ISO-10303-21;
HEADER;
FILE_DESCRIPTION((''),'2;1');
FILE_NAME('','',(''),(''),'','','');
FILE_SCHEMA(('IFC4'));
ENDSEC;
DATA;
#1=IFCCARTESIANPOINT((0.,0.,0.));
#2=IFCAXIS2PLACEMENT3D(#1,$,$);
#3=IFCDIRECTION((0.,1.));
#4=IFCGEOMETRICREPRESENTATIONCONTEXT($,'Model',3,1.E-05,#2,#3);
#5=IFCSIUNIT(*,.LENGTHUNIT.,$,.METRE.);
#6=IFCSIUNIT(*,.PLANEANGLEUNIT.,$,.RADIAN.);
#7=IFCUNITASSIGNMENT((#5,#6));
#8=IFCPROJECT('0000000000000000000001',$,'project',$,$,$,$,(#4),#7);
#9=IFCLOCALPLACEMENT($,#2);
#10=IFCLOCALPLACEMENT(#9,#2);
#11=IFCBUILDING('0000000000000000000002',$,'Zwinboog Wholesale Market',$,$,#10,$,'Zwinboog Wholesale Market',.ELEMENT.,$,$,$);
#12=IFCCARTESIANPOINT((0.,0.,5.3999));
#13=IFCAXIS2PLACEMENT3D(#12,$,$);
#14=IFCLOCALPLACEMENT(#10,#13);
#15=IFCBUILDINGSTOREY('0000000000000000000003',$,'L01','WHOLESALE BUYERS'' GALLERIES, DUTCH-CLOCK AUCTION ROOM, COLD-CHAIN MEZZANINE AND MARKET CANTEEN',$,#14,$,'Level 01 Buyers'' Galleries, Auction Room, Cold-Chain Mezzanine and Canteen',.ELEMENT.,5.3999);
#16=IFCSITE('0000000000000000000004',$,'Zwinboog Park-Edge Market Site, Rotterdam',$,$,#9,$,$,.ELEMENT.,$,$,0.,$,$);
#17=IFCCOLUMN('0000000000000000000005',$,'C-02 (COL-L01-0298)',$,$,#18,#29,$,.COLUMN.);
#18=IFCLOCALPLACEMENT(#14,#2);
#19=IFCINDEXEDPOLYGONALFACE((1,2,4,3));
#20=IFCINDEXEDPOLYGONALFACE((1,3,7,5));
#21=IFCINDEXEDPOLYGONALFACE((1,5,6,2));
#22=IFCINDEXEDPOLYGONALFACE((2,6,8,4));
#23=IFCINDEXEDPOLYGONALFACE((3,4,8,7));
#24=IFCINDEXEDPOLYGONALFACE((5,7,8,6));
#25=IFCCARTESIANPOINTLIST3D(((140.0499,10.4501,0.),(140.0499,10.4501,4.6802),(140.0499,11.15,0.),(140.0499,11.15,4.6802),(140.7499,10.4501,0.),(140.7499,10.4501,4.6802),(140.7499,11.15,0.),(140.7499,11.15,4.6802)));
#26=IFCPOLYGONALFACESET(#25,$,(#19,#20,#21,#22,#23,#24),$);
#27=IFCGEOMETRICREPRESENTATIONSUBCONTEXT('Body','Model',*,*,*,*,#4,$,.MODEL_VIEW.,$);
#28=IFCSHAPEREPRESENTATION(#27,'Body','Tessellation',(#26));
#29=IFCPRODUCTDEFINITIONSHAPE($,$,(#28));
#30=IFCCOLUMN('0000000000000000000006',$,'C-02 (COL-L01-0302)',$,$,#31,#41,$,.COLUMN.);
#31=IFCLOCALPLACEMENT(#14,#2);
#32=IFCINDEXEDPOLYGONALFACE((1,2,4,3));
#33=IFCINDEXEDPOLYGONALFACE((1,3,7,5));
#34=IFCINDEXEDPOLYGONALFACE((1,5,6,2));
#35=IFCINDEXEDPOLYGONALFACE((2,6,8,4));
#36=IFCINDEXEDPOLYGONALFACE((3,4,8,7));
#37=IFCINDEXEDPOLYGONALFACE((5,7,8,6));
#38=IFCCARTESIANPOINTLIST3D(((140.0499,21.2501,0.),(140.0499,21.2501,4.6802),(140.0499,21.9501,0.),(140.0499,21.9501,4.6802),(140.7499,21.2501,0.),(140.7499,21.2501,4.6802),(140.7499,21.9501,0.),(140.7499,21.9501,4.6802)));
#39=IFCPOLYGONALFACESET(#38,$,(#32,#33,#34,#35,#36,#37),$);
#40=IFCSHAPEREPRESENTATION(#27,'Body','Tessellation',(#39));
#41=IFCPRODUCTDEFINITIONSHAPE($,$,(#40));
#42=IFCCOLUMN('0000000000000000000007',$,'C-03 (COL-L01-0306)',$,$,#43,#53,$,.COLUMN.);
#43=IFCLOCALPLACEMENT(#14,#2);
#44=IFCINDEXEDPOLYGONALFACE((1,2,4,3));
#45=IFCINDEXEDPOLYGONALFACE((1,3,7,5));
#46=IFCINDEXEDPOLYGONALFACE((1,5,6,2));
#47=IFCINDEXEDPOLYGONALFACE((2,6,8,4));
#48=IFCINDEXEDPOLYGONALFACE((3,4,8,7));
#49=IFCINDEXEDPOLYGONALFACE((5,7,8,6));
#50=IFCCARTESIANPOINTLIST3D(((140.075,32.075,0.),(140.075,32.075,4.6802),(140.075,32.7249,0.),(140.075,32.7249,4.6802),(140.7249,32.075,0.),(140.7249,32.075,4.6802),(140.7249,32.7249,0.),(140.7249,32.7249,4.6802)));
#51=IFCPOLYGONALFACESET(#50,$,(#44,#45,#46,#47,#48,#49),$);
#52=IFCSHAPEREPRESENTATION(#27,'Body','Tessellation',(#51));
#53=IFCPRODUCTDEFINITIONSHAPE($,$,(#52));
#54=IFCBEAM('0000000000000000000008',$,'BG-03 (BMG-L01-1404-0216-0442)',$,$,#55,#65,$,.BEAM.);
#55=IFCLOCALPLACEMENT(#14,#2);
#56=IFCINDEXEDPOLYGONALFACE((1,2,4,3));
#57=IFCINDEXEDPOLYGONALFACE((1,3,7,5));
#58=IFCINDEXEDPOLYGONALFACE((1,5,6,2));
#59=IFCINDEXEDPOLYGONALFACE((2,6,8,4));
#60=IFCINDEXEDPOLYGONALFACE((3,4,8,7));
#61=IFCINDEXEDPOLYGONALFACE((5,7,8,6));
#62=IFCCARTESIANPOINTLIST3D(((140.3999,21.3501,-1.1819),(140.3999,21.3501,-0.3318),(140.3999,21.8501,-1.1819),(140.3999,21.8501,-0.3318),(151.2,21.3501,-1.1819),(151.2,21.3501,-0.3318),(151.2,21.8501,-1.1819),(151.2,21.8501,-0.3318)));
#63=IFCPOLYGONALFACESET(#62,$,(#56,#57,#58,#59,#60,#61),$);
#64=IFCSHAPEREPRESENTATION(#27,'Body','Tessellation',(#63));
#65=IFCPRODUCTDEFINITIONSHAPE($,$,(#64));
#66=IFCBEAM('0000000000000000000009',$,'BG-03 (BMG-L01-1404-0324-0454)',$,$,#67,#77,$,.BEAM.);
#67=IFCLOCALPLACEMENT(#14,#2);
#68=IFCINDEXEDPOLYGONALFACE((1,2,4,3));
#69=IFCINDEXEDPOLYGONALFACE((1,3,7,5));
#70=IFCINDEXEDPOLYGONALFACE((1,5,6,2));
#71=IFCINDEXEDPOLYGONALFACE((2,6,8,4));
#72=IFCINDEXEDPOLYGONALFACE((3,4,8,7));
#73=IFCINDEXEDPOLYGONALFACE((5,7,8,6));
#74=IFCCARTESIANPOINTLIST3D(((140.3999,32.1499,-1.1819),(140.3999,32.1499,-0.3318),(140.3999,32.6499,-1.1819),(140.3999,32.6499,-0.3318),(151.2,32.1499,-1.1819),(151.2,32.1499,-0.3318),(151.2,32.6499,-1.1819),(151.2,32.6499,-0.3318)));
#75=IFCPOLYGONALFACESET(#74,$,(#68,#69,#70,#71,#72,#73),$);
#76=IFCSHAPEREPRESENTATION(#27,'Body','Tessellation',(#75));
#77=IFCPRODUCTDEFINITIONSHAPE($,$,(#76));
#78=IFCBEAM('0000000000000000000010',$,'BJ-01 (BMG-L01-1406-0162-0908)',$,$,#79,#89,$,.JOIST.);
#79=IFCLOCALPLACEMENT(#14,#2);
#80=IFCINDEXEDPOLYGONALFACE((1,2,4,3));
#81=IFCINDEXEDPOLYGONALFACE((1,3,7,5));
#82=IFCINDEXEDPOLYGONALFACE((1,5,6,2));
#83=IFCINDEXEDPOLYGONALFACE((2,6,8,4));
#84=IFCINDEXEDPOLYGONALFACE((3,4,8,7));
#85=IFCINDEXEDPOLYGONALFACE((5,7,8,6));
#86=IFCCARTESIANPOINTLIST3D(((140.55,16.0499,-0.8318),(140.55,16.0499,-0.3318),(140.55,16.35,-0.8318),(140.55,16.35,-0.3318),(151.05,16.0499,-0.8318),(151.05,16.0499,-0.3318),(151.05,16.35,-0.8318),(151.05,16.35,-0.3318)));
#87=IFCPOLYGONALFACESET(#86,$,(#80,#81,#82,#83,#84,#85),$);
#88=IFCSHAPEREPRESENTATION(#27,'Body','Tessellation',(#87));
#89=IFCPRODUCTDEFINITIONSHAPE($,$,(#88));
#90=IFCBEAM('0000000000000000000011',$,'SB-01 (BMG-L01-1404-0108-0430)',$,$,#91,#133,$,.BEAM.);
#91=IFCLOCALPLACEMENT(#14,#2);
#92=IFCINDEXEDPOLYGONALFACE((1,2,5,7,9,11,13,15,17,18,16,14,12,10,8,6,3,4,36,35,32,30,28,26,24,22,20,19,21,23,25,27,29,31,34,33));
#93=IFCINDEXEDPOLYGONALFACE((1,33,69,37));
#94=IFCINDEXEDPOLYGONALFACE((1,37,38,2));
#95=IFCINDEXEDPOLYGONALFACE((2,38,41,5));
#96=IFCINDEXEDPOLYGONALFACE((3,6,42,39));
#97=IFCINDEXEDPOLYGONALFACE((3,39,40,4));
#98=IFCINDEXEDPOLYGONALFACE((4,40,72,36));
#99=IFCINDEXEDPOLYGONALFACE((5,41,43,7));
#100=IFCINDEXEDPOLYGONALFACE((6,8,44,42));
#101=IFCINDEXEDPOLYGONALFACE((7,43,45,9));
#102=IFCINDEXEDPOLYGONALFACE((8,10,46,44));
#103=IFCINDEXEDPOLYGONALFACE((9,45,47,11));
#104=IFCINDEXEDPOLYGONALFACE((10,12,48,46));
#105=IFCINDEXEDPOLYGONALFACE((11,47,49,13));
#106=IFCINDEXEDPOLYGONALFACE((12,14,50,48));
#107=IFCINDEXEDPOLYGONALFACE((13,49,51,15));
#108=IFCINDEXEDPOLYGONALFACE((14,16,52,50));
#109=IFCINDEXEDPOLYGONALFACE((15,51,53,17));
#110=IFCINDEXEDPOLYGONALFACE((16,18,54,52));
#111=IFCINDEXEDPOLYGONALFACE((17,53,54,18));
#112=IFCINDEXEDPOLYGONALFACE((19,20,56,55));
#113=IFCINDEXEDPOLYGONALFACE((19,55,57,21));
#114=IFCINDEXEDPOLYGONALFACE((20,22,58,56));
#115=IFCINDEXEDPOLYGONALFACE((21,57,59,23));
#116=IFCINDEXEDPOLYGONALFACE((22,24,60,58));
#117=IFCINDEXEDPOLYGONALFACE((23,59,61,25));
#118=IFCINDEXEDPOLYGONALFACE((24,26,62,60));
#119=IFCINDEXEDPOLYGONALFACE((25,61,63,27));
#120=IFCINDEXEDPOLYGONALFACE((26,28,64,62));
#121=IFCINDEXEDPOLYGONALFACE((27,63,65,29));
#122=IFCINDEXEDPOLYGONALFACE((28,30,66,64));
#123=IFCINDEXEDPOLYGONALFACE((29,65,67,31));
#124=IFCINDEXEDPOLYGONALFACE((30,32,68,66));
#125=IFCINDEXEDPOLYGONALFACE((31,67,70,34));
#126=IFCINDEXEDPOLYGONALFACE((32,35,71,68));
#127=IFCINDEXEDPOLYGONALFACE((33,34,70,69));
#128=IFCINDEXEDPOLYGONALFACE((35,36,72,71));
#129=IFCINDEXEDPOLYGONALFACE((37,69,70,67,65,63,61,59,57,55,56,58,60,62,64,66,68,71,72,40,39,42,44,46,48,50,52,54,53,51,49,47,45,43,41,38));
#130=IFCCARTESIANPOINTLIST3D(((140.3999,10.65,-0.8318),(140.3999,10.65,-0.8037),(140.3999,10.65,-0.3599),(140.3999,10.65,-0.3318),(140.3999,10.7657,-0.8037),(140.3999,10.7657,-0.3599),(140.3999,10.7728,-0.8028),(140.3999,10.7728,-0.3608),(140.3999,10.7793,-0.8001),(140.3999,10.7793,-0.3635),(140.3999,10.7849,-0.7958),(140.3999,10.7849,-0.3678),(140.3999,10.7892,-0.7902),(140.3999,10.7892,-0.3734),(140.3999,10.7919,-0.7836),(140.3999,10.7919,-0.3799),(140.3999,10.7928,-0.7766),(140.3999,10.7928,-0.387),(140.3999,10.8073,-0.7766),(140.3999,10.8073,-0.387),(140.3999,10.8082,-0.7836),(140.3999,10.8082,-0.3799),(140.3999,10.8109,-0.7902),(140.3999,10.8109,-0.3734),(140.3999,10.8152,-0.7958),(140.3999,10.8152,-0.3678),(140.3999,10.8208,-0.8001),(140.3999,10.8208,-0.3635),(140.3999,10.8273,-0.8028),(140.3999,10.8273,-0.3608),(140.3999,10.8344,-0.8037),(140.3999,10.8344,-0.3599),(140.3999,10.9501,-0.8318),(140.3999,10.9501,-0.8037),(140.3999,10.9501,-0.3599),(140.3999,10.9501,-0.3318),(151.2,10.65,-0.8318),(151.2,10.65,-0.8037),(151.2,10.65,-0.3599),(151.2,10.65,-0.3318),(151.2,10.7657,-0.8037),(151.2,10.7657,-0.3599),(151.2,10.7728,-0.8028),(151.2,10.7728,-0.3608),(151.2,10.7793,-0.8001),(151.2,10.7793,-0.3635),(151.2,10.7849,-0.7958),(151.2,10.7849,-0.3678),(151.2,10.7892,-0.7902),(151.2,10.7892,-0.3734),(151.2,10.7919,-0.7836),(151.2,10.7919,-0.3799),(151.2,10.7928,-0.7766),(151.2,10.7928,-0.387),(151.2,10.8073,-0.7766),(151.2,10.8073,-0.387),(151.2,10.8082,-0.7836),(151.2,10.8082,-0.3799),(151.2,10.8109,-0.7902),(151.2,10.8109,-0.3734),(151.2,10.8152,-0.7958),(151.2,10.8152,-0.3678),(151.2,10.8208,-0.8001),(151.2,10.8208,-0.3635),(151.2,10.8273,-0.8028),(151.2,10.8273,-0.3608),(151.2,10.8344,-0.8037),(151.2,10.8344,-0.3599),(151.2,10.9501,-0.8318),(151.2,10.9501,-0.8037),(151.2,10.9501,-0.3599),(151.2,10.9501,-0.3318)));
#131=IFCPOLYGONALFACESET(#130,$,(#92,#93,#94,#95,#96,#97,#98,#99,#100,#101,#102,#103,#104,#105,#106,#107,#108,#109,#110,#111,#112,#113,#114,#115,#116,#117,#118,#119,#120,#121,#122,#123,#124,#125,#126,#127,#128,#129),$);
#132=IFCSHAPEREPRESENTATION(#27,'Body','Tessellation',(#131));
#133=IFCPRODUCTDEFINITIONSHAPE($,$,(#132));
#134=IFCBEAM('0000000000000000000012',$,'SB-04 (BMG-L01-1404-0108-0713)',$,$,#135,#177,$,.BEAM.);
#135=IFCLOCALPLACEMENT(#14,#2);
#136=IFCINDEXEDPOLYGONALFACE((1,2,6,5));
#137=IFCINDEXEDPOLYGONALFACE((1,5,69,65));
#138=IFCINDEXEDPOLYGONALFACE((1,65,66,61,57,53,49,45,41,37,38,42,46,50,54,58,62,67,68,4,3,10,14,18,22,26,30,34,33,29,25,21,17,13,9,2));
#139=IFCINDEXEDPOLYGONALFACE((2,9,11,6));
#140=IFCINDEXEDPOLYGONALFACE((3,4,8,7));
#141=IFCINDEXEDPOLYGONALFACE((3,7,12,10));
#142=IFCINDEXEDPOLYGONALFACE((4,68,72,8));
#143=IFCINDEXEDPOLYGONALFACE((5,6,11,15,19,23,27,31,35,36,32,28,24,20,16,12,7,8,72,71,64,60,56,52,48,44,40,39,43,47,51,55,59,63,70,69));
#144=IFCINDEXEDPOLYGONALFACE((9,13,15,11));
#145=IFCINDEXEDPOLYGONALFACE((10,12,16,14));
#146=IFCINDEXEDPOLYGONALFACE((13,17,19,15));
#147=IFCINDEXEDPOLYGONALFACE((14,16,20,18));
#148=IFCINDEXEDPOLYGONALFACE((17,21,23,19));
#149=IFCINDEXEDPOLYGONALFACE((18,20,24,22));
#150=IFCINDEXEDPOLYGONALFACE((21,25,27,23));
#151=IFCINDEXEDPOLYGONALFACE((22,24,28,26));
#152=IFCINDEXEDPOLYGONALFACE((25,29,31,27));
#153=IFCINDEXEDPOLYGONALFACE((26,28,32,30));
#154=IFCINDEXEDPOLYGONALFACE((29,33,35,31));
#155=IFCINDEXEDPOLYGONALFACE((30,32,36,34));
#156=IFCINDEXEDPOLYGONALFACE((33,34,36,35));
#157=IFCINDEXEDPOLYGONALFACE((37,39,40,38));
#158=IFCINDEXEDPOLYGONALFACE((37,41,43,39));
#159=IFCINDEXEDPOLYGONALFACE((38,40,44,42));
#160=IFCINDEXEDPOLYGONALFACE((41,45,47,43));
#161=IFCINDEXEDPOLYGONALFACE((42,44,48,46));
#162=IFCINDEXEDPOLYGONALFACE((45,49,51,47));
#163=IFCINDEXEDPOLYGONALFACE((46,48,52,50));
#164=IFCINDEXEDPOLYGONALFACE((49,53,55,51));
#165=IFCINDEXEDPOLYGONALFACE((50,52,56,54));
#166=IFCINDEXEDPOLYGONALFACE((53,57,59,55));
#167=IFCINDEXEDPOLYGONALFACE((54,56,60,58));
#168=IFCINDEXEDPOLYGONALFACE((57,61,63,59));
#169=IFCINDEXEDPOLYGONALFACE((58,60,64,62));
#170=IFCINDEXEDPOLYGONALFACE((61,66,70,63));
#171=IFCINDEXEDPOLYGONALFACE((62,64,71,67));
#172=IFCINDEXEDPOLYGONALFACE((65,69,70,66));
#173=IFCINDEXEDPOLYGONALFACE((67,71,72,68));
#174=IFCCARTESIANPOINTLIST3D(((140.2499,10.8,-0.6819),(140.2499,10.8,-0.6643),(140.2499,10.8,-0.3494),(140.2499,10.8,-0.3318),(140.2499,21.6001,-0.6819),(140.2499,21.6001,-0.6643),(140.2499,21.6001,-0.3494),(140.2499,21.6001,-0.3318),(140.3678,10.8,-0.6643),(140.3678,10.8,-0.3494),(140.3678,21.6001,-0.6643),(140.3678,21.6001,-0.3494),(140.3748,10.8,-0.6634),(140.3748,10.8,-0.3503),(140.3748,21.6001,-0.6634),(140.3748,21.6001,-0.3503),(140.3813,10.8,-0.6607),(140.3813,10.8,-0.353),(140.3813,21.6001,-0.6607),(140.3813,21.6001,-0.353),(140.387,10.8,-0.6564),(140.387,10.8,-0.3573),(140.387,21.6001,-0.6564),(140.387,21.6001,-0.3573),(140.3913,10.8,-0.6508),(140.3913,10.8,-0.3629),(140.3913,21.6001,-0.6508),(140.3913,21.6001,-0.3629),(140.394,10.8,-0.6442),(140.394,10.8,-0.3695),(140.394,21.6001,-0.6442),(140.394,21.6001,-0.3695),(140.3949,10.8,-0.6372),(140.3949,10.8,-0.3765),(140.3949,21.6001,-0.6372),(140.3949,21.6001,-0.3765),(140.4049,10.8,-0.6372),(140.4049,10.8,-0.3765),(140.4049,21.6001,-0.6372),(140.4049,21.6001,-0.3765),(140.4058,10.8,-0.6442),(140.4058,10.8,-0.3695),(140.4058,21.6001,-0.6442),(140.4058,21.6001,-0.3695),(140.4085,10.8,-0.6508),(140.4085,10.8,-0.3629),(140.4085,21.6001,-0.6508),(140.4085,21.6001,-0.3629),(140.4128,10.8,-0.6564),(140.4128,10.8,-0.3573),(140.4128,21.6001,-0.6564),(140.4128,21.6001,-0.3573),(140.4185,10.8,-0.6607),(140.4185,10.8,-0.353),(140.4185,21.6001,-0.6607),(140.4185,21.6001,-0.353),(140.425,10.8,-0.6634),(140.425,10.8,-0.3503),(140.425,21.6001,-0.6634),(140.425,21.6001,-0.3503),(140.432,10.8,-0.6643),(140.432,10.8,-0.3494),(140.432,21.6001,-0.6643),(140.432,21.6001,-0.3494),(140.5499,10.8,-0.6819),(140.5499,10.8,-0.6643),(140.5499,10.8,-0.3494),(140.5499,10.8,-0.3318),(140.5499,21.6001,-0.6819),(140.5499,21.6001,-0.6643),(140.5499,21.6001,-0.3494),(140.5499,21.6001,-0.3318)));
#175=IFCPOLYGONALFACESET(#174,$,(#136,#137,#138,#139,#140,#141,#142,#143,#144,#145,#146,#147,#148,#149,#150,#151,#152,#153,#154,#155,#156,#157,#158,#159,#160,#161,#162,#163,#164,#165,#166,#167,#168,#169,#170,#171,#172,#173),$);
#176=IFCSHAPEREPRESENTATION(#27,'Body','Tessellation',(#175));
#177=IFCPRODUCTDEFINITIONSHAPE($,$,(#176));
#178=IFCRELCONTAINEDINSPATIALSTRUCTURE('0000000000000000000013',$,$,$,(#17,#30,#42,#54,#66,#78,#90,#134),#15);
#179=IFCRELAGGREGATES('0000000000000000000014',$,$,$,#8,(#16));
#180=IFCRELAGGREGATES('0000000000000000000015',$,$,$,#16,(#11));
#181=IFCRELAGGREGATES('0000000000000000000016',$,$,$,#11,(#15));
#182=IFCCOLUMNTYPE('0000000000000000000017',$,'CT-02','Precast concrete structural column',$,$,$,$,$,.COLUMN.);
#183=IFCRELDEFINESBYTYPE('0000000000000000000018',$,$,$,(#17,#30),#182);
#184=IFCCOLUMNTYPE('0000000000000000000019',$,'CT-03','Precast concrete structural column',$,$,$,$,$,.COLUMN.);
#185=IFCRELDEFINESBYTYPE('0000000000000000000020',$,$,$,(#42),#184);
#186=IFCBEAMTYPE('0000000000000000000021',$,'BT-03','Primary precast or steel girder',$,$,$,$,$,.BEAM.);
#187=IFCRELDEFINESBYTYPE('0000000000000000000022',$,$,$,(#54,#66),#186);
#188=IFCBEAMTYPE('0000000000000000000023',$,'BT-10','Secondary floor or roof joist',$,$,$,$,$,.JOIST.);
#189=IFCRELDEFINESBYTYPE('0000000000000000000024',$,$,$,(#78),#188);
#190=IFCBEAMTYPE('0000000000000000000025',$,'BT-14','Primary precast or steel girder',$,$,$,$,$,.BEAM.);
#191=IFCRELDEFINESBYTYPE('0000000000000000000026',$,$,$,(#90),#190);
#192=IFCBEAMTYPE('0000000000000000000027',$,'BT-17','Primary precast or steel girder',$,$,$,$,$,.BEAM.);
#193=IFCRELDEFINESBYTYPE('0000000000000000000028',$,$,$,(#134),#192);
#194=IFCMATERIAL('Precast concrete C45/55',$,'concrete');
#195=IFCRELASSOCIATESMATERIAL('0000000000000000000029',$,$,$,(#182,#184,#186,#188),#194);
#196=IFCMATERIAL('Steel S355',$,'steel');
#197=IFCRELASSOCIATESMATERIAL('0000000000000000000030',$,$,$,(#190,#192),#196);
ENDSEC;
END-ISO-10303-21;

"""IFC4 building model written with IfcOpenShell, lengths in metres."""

from ifc_helpers import new_model, si_unit, direction, frame, origin, origin_2d, place, context, subcontext, project, spatial, rectangle, i_section, extrude, material, material_profile, profile_set, type_object, element, save


model = new_model("IFC4")

# Units and contexts
model_context = context("Model", 3, precision=1e-05, world=origin(), true_north=direction((0.0, 1.0)))
body_context = subcontext(model_context, "Body", "Model", "MODEL_VIEW")
ifc_project = project(units=[si_unit("LENGTHUNIT", "METRE"), si_unit("PLANEANGLEUNIT", "RADIAN")], contexts=[model_context])

# Site, building, storey
site_placement = place(None, origin())
site = spatial("IfcSite", under=ifc_project, at=site_placement, Name="Zwinboog Park-Edge Market Site, Rotterdam", CompositionType="ELEMENT", RefElevation=0.0)
building_placement = place(site_placement, origin())
building = spatial("IfcBuilding", under=site, at=building_placement, Name="Zwinboog Wholesale Market", LongName="Zwinboog Wholesale Market", CompositionType="ELEMENT")
storey_placement = place(building_placement, frame((0.0, 0.0, 5.3999)))
storey = spatial("IfcBuildingStorey", under=building, at=storey_placement, Name="L01", Description="WHOLESALE BUYERS' GALLERIES, DUTCH-CLOCK AUCTION ROOM, COLD-CHAIN MEZZANINE AND MARKET CANTEEN", LongName="Level 01 Buyers' Galleries, Auction Room, Cold-Chain Mezzanine and Canteen", CompositionType="ELEMENT", Elevation=5.3999)

# Columns
ifc_material_1 = material(Name="Precast concrete C45/55", Category="concrete")
ifc_material_profile_1 = material_profile(ifc_material_1, rectangle(XDim=0.7, YDim=0.7, at=origin_2d()), Name="PC 700x700")
ifc_profile_set_1 = profile_set([ifc_material_profile_1], Name="Precast concrete C45/55")
column_type_1 = type_object("IfcColumnType", Name="CT-02", Description="Precast concrete structural column", PredefinedType="COLUMN", material=ifc_profile_set_1)
for number, where, z_axis, x_axis, name in (
    (1, (140.3999, 10.8, 0.0), (0.0, 0.0, 1.0), (1.0, 0.0, 0.0), "C-02 (COL-L01-0298)"),
    (2, (140.3999, 21.6001, 0.0), (0.0, 0.0, 1.0), (1.0, 0.0, 0.0), "C-02 (COL-L01-0302)"),
):
    element("IfcColumn", number, at=place(storey_placement, frame(where, z_axis=z_axis, x_axis=x_axis)), inside=storey, type_object=column_type_1, Name=name, PredefinedType="COLUMN", context=body_context, shape_type="SweptSolid", body=[
        extrude(rectangle(XDim=0.7, YDim=0.7, at=origin_2d()), origin(), (0.0, 0.0, 1.0), 4.6802),
    ])
ifc_material_profile_2 = material_profile(ifc_material_1, rectangle(XDim=0.6499, YDim=0.6499, at=origin_2d()), Name="PC 650x650")
ifc_profile_set_2 = profile_set([ifc_material_profile_2], Name="Precast concrete C45/55")
column_type_2 = type_object("IfcColumnType", Name="CT-03", Description="Precast concrete structural column", PredefinedType="COLUMN", material=ifc_profile_set_2)
column_placement = place(storey_placement, frame((140.3999, 32.3999, 0.0), z_axis=(0.0, 0.0, 1.0), x_axis=(1.0, 0.0, 0.0)))
element("IfcColumn", 3, at=column_placement, inside=storey, type_object=column_type_2, Name="C-03 (COL-L01-0306)", PredefinedType="COLUMN", context=body_context, shape_type="SweptSolid", body=[
    extrude(rectangle(XDim=0.6499, YDim=0.6499, at=origin_2d()), origin(), (0.0, 0.0, 1.0), 4.6802),
])

# Beams
ifc_material_profile_3 = material_profile(ifc_material_1, rectangle(XDim=0.5, YDim=0.8501, at=origin_2d()), Name="PC 500x850")
ifc_profile_set_3 = profile_set([ifc_material_profile_3], Name="Precast concrete C45/55")
beam_type_1 = type_object("IfcBeamType", Name="BT-03", Description="Primary precast or steel girder", PredefinedType="BEAM", material=ifc_profile_set_3)
for number, where, z_axis, x_axis, name in (
    (4, (140.3999, 21.6001, -0.7568), (1.0, 0.0, 0.0), (0.0, 1.0, 0.0), "BG-03 (BMG-L01-1404-0216-0442)"),
    (5, (140.3999, 32.3999, -0.7568), (1.0, 0.0, 0.0), (0.0, 1.0, 0.0), "BG-03 (BMG-L01-1404-0324-0454)"),
):
    element("IfcBeam", number, at=place(storey_placement, frame(where, z_axis=z_axis, x_axis=x_axis)), inside=storey, type_object=beam_type_1, Name=name, PredefinedType="BEAM", context=body_context, shape_type="SweptSolid", body=[
        extrude(rectangle(XDim=0.5, YDim=0.8501, at=origin_2d()), origin(), (0.0, 0.0, 1.0), 10.8),
    ])
ifc_material_profile_4 = material_profile(ifc_material_1, rectangle(XDim=0.3, YDim=0.5, at=origin_2d()), Name="PC 300x500")
ifc_profile_set_4 = profile_set([ifc_material_profile_4], Name="Precast concrete C45/55")
beam_type_2 = type_object("IfcBeamType", Name="BT-10", Description="Secondary floor or roof joist", PredefinedType="JOIST", material=ifc_profile_set_4)
beam_1_placement = place(storey_placement, frame((140.55, 16.2, -0.5818), z_axis=(1.0, 0.0, 0.0), x_axis=(0.0, 1.0, 0.0)))
element("IfcBeam", 6, at=beam_1_placement, inside=storey, type_object=beam_type_2, Name="BJ-01 (BMG-L01-1406-0162-0908)", PredefinedType="JOIST", context=body_context, shape_type="SweptSolid", body=[
    extrude(rectangle(XDim=0.3, YDim=0.5, at=origin_2d()), origin(), (0.0, 0.0, 1.0), 10.5),
])
ifc_material_2 = material(Name="Steel S355", Category="steel")
ifc_material_profile_5 = material_profile(ifc_material_2, i_section(OverallWidth=0.3, OverallDepth=0.5, WebThickness=0.0144, FlangeThickness=0.0281, FilletRadius=0.0271, at=origin_2d()), Name="HEB 500")
ifc_profile_set_5 = profile_set([ifc_material_profile_5], Name="Steel S355")
beam_type_3 = type_object("IfcBeamType", Name="BT-14", Description="Primary precast or steel girder", PredefinedType="BEAM", material=ifc_profile_set_5)
beam_2_placement = place(storey_placement, frame((140.3999, 10.8, -0.5818), z_axis=(1.0, 0.0, 0.0), x_axis=(0.0, 1.0, 0.0)))
element("IfcBeam", 7, at=beam_2_placement, inside=storey, type_object=beam_type_3, Name="SB-01 (BMG-L01-1404-0108-0430)", PredefinedType="BEAM", context=body_context, shape_type="SweptSolid", body=[
    extrude(i_section(OverallWidth=0.3, OverallDepth=0.5, WebThickness=0.0144, FlangeThickness=0.0281, FilletRadius=0.0271, at=origin_2d()), origin(), (0.0, 0.0, 1.0), 10.8),
])
ifc_material_profile_6 = material_profile(ifc_material_2, i_section(OverallWidth=0.3, OverallDepth=0.3501, WebThickness=0.01, FlangeThickness=0.0176, FilletRadius=0.0271, at=origin_2d()), Name="HEA 360")
ifc_profile_set_6 = profile_set([ifc_material_profile_6], Name="Steel S355")
beam_type_4 = type_object("IfcBeamType", Name="BT-17", Description="Primary precast or steel girder", PredefinedType="BEAM", material=ifc_profile_set_6)
beam_3_placement = place(storey_placement, frame((140.3999, 10.8, -0.5068), z_axis=(0.0, 1.0, 0.0), x_axis=(-1.0, 0.0, 0.0)))
element("IfcBeam", 8, at=beam_3_placement, inside=storey, type_object=beam_type_4, Name="SB-04 (BMG-L01-1404-0108-0713)", PredefinedType="BEAM", context=body_context, shape_type="SweptSolid", body=[
    extrude(i_section(OverallWidth=0.3, OverallDepth=0.3501, WebThickness=0.01, FlangeThickness=0.0176, FilletRadius=0.0271, at=origin_2d()), origin(), (0.0, 0.0, 1.0), 10.8),
])

save(model, "model.ifc")
